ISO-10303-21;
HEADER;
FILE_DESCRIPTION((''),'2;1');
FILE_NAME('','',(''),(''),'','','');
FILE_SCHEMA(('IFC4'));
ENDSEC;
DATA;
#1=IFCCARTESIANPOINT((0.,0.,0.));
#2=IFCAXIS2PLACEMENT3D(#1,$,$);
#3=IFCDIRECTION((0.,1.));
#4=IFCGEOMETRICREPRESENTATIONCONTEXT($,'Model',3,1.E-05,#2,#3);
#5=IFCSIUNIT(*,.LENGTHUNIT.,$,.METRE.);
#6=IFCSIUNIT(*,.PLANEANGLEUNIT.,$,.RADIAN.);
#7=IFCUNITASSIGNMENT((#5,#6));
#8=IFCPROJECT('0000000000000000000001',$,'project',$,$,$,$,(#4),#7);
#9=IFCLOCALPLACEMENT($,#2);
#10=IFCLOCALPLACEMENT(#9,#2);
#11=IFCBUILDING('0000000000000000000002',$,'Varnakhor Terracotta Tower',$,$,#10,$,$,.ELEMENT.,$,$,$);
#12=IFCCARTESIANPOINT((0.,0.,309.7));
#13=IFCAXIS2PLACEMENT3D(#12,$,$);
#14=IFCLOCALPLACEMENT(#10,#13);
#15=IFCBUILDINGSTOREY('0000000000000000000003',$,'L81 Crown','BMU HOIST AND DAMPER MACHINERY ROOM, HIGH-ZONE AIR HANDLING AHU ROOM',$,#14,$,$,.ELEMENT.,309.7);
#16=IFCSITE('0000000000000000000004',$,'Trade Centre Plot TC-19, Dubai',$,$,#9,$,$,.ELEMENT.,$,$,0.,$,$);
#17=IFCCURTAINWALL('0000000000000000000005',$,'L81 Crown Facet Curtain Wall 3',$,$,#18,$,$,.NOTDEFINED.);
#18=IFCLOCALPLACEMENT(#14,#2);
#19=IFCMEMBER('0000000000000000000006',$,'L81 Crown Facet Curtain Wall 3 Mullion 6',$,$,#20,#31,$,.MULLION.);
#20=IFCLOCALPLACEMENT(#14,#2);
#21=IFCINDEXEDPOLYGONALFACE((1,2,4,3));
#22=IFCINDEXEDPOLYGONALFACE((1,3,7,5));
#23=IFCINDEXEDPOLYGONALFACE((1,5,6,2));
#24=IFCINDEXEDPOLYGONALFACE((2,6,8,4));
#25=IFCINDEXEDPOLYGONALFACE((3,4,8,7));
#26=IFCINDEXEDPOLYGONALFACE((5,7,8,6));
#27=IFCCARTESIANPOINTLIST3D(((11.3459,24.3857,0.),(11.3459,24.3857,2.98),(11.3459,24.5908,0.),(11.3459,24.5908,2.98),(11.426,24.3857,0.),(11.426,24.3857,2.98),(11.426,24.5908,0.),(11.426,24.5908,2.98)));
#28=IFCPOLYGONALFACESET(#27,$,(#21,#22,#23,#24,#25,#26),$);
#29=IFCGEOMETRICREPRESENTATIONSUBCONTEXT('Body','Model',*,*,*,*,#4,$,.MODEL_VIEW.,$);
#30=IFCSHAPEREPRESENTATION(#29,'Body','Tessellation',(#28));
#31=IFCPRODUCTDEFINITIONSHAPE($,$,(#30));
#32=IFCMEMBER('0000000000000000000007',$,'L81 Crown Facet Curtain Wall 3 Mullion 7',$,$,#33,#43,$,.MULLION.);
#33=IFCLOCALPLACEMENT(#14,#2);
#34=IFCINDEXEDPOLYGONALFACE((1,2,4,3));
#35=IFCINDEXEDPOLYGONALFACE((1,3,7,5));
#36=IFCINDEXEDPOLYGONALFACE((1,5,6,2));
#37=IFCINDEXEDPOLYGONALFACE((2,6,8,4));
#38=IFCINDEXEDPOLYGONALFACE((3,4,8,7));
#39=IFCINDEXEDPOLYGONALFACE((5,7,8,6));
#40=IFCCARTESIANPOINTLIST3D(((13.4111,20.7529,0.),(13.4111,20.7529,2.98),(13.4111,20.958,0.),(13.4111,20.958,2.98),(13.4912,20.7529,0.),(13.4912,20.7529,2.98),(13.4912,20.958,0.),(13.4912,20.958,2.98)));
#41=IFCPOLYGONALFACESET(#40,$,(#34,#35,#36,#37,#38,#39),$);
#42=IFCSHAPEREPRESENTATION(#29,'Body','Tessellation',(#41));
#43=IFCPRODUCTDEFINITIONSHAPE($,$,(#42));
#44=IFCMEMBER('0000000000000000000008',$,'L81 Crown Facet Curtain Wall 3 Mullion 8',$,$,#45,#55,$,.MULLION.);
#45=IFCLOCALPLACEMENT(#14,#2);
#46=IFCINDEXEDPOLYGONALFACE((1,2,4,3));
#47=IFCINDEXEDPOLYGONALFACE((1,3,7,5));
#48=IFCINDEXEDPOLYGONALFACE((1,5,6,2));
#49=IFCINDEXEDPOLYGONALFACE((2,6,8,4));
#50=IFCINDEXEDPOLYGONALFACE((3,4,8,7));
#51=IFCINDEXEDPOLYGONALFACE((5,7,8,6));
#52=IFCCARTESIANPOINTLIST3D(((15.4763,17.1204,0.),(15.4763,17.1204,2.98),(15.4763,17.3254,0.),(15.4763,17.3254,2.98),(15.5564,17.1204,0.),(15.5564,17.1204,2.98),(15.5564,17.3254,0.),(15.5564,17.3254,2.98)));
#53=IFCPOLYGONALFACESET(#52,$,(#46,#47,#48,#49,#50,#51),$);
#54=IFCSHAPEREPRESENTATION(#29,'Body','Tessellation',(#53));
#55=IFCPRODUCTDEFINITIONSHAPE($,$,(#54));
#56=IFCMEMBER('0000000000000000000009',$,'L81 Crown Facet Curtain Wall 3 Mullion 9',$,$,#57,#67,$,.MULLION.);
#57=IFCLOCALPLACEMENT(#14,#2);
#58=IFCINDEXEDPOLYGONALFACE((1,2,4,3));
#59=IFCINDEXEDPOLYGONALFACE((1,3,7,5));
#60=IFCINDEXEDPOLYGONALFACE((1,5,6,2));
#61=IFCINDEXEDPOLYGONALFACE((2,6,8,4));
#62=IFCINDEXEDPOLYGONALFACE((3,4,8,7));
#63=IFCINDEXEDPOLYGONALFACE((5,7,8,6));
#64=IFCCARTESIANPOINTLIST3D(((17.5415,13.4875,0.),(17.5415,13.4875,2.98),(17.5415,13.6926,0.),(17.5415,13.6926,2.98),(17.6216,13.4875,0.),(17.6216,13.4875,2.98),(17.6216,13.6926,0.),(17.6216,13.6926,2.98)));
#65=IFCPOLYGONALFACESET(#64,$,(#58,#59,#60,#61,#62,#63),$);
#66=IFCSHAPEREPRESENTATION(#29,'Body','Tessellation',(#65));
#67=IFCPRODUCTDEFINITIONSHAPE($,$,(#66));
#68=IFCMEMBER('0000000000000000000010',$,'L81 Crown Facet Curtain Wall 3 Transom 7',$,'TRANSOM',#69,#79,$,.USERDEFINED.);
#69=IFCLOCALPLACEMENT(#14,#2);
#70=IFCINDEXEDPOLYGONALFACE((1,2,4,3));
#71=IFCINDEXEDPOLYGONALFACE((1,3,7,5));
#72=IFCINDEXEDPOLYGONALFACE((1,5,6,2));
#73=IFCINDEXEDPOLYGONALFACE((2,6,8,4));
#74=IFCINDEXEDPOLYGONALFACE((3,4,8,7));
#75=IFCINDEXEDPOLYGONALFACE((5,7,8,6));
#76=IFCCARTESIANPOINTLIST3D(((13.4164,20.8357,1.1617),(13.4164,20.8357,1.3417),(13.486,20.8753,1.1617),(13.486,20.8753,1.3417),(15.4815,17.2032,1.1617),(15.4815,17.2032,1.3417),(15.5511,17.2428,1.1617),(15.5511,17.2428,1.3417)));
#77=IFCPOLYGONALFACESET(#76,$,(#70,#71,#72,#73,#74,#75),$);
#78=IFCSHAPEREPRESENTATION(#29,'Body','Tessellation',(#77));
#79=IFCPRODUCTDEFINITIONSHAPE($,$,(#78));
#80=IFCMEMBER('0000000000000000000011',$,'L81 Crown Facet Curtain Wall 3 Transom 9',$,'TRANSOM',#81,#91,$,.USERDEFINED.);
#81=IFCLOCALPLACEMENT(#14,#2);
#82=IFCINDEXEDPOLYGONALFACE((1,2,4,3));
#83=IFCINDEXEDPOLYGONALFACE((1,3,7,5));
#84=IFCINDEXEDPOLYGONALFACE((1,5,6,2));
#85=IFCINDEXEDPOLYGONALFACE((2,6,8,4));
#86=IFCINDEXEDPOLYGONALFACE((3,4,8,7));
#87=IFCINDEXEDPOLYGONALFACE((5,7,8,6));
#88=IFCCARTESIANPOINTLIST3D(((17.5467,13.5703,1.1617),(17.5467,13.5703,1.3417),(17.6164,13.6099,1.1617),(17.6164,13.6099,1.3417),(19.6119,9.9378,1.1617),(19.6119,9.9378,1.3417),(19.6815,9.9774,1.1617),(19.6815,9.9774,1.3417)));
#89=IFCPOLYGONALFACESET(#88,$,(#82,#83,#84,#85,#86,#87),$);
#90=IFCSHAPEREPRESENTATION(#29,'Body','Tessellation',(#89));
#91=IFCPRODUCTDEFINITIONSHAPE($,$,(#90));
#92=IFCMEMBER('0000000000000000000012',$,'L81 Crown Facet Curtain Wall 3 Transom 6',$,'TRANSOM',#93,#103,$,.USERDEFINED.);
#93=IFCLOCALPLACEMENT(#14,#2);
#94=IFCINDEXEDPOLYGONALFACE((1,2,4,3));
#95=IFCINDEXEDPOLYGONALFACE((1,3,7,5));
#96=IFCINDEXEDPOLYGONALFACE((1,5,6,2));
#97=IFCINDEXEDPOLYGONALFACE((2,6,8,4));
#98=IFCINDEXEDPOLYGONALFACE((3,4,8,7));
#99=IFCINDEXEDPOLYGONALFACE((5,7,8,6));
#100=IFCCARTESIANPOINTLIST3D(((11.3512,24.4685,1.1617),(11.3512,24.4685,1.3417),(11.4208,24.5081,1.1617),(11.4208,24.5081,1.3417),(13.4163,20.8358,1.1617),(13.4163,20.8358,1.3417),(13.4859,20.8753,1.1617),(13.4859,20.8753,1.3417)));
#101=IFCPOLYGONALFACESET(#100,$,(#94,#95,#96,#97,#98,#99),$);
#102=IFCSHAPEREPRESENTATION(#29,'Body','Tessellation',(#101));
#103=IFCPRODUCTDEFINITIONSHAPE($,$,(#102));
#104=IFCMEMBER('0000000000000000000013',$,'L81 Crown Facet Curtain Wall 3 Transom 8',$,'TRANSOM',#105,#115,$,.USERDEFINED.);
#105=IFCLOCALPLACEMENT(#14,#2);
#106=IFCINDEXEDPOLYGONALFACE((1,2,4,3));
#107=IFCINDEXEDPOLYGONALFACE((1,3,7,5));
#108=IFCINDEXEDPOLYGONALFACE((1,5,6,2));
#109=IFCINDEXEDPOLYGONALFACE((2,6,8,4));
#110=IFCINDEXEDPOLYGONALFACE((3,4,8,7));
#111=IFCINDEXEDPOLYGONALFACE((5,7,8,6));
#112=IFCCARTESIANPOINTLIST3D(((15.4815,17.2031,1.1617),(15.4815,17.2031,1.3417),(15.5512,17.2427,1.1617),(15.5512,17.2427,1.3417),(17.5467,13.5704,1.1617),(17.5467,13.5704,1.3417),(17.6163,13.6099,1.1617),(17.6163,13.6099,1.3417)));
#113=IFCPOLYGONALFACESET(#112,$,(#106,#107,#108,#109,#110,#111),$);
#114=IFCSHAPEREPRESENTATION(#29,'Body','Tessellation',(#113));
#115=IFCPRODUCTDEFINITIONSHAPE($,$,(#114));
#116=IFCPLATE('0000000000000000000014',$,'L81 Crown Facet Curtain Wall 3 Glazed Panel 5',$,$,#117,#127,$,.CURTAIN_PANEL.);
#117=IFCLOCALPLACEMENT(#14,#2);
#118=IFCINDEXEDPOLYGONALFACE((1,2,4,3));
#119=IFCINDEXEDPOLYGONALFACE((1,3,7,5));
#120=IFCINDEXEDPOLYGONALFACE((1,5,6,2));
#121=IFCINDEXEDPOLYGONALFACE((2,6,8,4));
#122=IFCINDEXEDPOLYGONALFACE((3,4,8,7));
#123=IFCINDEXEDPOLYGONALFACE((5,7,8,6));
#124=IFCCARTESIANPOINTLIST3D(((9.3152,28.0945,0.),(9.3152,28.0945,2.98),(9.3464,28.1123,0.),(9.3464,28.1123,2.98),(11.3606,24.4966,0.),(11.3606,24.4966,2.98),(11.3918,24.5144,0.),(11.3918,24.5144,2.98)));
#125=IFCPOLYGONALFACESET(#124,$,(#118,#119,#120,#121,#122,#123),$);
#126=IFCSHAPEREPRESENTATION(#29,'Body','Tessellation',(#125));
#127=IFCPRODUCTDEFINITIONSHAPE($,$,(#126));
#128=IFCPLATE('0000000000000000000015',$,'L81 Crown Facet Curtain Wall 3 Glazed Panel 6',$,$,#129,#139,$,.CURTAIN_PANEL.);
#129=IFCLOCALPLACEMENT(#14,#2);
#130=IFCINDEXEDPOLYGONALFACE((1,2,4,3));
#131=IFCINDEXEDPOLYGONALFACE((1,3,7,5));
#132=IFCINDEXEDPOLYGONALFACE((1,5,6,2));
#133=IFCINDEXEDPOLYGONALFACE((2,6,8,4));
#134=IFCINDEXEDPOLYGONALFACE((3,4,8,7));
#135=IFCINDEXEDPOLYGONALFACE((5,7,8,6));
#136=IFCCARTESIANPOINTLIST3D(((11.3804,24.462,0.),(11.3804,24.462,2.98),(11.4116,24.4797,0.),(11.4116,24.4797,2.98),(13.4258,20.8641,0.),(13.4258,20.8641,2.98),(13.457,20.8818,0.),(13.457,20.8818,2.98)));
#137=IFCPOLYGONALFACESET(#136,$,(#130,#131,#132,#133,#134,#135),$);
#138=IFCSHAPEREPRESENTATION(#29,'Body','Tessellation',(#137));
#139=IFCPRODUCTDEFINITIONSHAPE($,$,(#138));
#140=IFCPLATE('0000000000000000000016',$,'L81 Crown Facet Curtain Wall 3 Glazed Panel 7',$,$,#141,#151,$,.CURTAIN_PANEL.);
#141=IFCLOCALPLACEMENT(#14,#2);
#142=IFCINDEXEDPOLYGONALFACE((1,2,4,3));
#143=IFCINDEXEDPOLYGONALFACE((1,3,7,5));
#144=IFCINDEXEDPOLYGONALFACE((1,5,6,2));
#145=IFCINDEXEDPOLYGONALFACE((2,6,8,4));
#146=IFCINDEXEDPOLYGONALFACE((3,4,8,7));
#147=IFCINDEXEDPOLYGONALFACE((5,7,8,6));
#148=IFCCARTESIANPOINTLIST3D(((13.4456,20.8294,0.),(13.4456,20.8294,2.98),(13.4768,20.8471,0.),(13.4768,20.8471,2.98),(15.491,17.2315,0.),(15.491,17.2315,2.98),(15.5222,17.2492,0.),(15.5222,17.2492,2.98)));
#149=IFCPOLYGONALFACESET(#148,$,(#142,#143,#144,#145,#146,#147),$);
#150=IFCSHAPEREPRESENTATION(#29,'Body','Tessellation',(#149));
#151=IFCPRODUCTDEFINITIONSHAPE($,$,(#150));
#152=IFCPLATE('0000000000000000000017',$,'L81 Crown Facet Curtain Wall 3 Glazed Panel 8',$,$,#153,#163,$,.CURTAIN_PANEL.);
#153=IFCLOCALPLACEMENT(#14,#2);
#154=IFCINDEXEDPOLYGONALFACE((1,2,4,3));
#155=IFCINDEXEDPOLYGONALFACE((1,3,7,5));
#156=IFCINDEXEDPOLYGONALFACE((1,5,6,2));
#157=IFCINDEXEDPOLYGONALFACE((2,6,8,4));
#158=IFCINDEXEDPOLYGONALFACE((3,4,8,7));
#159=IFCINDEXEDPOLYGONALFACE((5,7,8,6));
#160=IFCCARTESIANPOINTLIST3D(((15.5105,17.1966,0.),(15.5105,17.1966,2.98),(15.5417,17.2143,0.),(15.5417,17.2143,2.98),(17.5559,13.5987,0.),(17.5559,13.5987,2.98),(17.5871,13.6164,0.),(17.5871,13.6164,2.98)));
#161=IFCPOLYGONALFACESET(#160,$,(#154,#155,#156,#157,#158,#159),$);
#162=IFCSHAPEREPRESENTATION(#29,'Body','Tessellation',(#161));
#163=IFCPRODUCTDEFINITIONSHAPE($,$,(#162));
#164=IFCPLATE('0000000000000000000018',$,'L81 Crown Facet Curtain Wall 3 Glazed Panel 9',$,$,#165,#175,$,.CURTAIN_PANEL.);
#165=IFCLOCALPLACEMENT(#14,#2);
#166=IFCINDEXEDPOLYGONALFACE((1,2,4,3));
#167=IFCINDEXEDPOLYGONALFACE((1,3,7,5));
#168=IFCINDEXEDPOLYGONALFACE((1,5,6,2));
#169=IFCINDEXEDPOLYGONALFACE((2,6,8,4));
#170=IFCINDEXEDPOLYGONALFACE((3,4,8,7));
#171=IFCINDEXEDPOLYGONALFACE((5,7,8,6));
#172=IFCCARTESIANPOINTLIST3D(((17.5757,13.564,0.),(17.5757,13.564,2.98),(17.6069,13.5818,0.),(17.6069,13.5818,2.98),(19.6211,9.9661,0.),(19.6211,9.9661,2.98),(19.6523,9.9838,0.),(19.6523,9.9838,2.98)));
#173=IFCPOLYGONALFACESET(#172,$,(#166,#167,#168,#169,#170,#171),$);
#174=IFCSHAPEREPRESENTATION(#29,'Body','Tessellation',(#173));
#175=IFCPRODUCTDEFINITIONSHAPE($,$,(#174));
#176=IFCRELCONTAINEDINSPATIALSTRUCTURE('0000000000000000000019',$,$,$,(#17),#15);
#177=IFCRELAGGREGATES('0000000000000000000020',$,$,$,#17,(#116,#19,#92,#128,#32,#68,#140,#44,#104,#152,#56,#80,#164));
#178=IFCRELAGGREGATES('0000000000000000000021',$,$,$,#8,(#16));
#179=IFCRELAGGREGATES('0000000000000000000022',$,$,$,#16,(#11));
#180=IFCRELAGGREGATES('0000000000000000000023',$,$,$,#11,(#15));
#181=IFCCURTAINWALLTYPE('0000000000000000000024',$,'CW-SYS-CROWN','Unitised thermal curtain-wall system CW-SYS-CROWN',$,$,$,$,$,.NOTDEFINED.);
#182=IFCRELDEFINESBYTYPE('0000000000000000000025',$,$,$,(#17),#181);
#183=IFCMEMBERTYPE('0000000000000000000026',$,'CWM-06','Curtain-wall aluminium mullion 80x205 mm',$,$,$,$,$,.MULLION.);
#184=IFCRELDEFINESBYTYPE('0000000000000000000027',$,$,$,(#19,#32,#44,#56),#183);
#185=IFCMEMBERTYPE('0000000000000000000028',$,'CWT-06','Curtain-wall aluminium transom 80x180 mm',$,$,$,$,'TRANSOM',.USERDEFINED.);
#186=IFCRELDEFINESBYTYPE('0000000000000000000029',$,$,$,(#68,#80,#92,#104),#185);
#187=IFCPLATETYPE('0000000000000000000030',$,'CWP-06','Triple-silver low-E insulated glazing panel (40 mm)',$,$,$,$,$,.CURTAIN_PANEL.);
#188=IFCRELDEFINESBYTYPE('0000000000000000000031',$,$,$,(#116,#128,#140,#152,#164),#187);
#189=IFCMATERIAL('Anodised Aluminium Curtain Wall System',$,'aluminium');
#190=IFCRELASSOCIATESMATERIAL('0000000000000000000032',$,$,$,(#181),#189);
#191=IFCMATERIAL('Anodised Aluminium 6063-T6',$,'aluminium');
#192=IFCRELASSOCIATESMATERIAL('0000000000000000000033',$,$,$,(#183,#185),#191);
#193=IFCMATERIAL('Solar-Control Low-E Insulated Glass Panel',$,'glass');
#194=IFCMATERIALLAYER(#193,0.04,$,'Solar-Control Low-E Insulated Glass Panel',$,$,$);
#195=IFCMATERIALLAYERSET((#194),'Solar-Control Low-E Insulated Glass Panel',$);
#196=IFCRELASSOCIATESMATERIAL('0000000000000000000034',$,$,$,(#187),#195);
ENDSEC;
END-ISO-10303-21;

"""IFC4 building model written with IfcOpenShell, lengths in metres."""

from ifc_helpers import new_model, si_unit, direction, frame, origin, origin_2d, place, context, subcontext, project, spatial, rectangle, extrude, source, transform, mapped, material, layer, layer_set, material_profile, profile_set, type_object, type_shapes, element, aggregate, save


model = new_model("IFC4")

# Units and contexts
model_context = context("Model", 3, precision=1e-05, world=origin(), true_north=direction((0.0, 1.0)))
body_context = subcontext(model_context, "Body", "Model", "MODEL_VIEW")
ifc_project = project(units=[si_unit("LENGTHUNIT", "METRE"), si_unit("PLANEANGLEUNIT", "RADIAN")], contexts=[model_context])

# Site, building, storey
site_placement = place(None, origin())
site = spatial("IfcSite", under=ifc_project, at=site_placement, Name="Trade Centre Plot TC-19, Dubai", CompositionType="ELEMENT", RefElevation=0.0)
building_placement = place(site_placement, origin())
building = spatial("IfcBuilding", under=site, at=building_placement, Name="Varnakhor Terracotta Tower", CompositionType="ELEMENT")
storey_placement = place(building_placement, frame((0.0, 0.0, 309.7)))
storey = spatial("IfcBuildingStorey", under=building, at=storey_placement, Name="L81 Crown", Description="BMU HOIST AND DAMPER MACHINERY ROOM, HIGH-ZONE AIR HANDLING AHU ROOM", CompositionType="ELEMENT", Elevation=309.7)

# Curtain wall, members, plates
ifc_material_1 = material(Name="Anodised Aluminium Curtain Wall System", Category="aluminium")
curtain_wall_type = type_object("IfcCurtainWallType", Name="CW-SYS-CROWN", Description="Unitised thermal curtain-wall system CW-SYS-CROWN", PredefinedType="NOTDEFINED", material=ifc_material_1)
curtain_wall_placement = place(storey_placement, origin())
curtain_wall = element("IfcCurtainWall", 1, at=curtain_wall_placement, inside=storey, type_object=curtain_wall_type, Name="L81 Crown Facet Curtain Wall 3", PredefinedType="NOTDEFINED")
ifc_material_2 = material(Name="Anodised Aluminium 6063-T6", Category="aluminium")
ifc_material_profile_1 = material_profile(ifc_material_2, rectangle(XDim=0.0801, YDim=0.2051, at=origin_2d()), Name="ALU MULLION 80x205")
ifc_profile_set_1 = profile_set([ifc_material_profile_1], Name="Anodised Aluminium 6063-T6")
member_type_1 = type_object("IfcMemberType", Name="CWM-06", Description="Curtain-wall aluminium mullion 80x205 mm", PredefinedType="MULLION", material=ifc_profile_set_1)
shared_shape_1 = source(origin(), body_context, "Body", "SweptSolid", [
    extrude(rectangle(XDim=0.0801, YDim=0.2051, at=origin_2d()), origin(), (0.0, 0.0, 1.0), 2.98),
])
type_shapes(member_type_1, [shared_shape_1])
member_1_placement = place(storey_placement, frame((11.386, 24.4883, 0.0), z_axis=(0.0, 0.0, 1.0), x_axis=(1.0, 0.0, 0.0)))
member_1 = element("IfcMember", 2, at=member_1_placement, type_object=member_type_1, Name="L81 Crown Facet Curtain Wall 3 Mullion 6", PredefinedType="MULLION", context=body_context, shape_type="MappedRepresentation", body=[
    mapped(shared_shape_1, transform((0.0, 0.0, 0.0), scale=1.0)),
])
member_2_placement = place(storey_placement, frame((13.4512, 20.8555, 0.0), z_axis=(0.0, 0.0, 1.0), x_axis=(1.0, 0.0, 0.0)))
member_2 = element("IfcMember", 3, at=member_2_placement, type_object=member_type_1, Name="L81 Crown Facet Curtain Wall 3 Mullion 7", PredefinedType="MULLION", context=body_context, shape_type="MappedRepresentation", body=[
    mapped(shared_shape_1, transform((0.0, 0.0, 0.0), scale=1.0)),
])
member_3_placement = place(storey_placement, frame((15.5164, 17.2229, 0.0), z_axis=(0.0, 0.0, 1.0), x_axis=(1.0, 0.0, 0.0)))
member_3 = element("IfcMember", 4, at=member_3_placement, type_object=member_type_1, Name="L81 Crown Facet Curtain Wall 3 Mullion 8", PredefinedType="MULLION", context=body_context, shape_type="MappedRepresentation", body=[
    mapped(shared_shape_1, transform((0.0, 0.0, 0.0), scale=1.0)),
])
member_4_placement = place(storey_placement, frame((17.5815, 13.5901, 0.0), z_axis=(0.0, 0.0, 1.0), x_axis=(1.0, 0.0, 0.0)))
member_4 = element("IfcMember", 5, at=member_4_placement, type_object=member_type_1, Name="L81 Crown Facet Curtain Wall 3 Mullion 9", PredefinedType="MULLION", context=body_context, shape_type="MappedRepresentation", body=[
    mapped(shared_shape_1, transform((0.0, 0.0, 0.0), scale=1.0)),
])
ifc_material_profile_2 = material_profile(ifc_material_2, rectangle(XDim=0.0801, YDim=0.1799, at=origin_2d()), Name="ALU TRANSOM 80x180")
ifc_profile_set_2 = profile_set([ifc_material_profile_2], Name="Anodised Aluminium 6063-T6")
member_type_2 = type_object("IfcMemberType", Name="CWT-06", Description="Curtain-wall aluminium transom 80x180 mm", ElementType="TRANSOM", PredefinedType="USERDEFINED", material=ifc_profile_set_2)
shared_shape_2 = source(origin(), body_context, "Body", "SweptSolid", [
    extrude(rectangle(XDim=0.0801, YDim=0.1799, at=origin_2d()), origin(), (0.0, 0.0, 1.0), 4.1785),
])
member_5_placement = place(storey_placement, frame((13.4512, 20.8555, 1.2517), z_axis=(0.494231, -0.86933, 0.0), x_axis=(0.86933, 0.494231, 0.0)))
member_5 = element("IfcMember", 6, at=member_5_placement, type_object=member_type_2, Name="L81 Crown Facet Curtain Wall 3 Transom 7", ObjectType="TRANSOM", PredefinedType="USERDEFINED", context=body_context, shape_type="MappedRepresentation", body=[
    mapped(shared_shape_2, transform((0.0, 0.0, 0.0), scale=1.0)),
])
member_6_placement = place(storey_placement, frame((17.5815, 13.5901, 1.2517), z_axis=(0.494231, -0.86933, 0.0), x_axis=(0.86933, 0.494231, 0.0)))
member_6 = element("IfcMember", 7, at=member_6_placement, type_object=member_type_2, Name="L81 Crown Facet Curtain Wall 3 Transom 9", ObjectType="TRANSOM", PredefinedType="USERDEFINED", context=body_context, shape_type="MappedRepresentation", body=[
    mapped(shared_shape_2, transform((0.0, 0.0, 0.0), scale=1.0)),
])
shared_shape_3 = source(origin(), body_context, "Body", "SweptSolid", [
    extrude(rectangle(XDim=0.0801, YDim=0.1799, at=origin_2d()), origin(), (0.0, 0.0, 1.0), 4.1787),
])
member_7_placement = place(storey_placement, frame((11.386, 24.4883, 1.2517), z_axis=(0.494206, -0.869345, 0.0), x_axis=(0.869345, 0.494206, 0.0)))
member_7 = element("IfcMember", 8, at=member_7_placement, type_object=member_type_2, Name="L81 Crown Facet Curtain Wall 3 Transom 6", ObjectType="TRANSOM", PredefinedType="USERDEFINED", context=body_context, shape_type="MappedRepresentation", body=[
    mapped(shared_shape_3, transform((0.0, 0.0, 0.0), scale=1.0)),
])
member_8_placement = place(storey_placement, frame((15.5164, 17.2229, 1.2517), z_axis=(0.494206, -0.869345, 0.0), x_axis=(0.869345, 0.494206, 0.0)))
member_8 = element("IfcMember", 9, at=member_8_placement, type_object=member_type_2, Name="L81 Crown Facet Curtain Wall 3 Transom 8", ObjectType="TRANSOM", PredefinedType="USERDEFINED", context=body_context, shape_type="MappedRepresentation", body=[
    mapped(shared_shape_3, transform((0.0, 0.0, 0.0), scale=1.0)),
])
ifc_material_3 = material(Name="Solar-Control Low-E Insulated Glass Panel", Category="glass")
ifc_layer_1 = layer(ifc_material_3, 0.04, Name="Solar-Control Low-E Insulated Glass Panel")
ifc_layer_set_1 = layer_set([ifc_layer_1], Name="Solar-Control Low-E Insulated Glass Panel")
plate_type = type_object("IfcPlateType", Name="CWP-06", Description="Triple-silver low-E insulated glazing panel (40 mm)", PredefinedType="CURTAIN_PANEL", material=ifc_layer_set_1)
shared_shape_4 = source(origin(), body_context, "Body", "SweptSolid", [
    extrude(rectangle(XDim=4.1387, YDim=0.0359, at=origin_2d()), origin(), (0.0, 0.0, 1.0), 2.98),
])
plate_1_placement = place(storey_placement, frame((10.3535, 26.3044, 0.0), z_axis=(0.0, 0.0, 1.0), x_axis=(0.494215, -0.86934, 0.0)))
plate_1 = element("IfcPlate", 10, at=plate_1_placement, type_object=plate_type, Name="L81 Crown Facet Curtain Wall 3 Glazed Panel 5", PredefinedType="CURTAIN_PANEL", context=body_context, shape_type="MappedRepresentation", body=[
    mapped(shared_shape_4, transform((0.0, 0.0, 0.0), scale=1.0)),
])
plate_2_placement = place(storey_placement, frame((12.4187, 22.6719, 0.0), z_axis=(0.0, 0.0, 1.0), x_axis=(0.494215, -0.86934, 0.0)))
plate_2 = element("IfcPlate", 11, at=plate_2_placement, type_object=plate_type, Name="L81 Crown Facet Curtain Wall 3 Glazed Panel 6", PredefinedType="CURTAIN_PANEL", context=body_context, shape_type="MappedRepresentation", body=[
    mapped(shared_shape_4, transform((0.0, 0.0, 0.0), scale=1.0)),
])
plate_3_placement = place(storey_placement, frame((14.4839, 19.0393, 0.0), z_axis=(0.0, 0.0, 1.0), x_axis=(0.494215, -0.86934, 0.0)))
plate_3 = element("IfcPlate", 12, at=plate_3_placement, type_object=plate_type, Name="L81 Crown Facet Curtain Wall 3 Glazed Panel 7", PredefinedType="CURTAIN_PANEL", context=body_context, shape_type="MappedRepresentation", body=[
    mapped(shared_shape_4, transform((0.0, 0.0, 0.0), scale=1.0)),
])
plate_4_placement = place(storey_placement, frame((16.5488, 15.4065, 0.0), z_axis=(0.0, 0.0, 1.0), x_axis=(0.494215, -0.86934, 0.0)))
plate_4 = element("IfcPlate", 13, at=plate_4_placement, type_object=plate_type, Name="L81 Crown Facet Curtain Wall 3 Glazed Panel 8", PredefinedType="CURTAIN_PANEL", context=body_context, shape_type="MappedRepresentation", body=[
    mapped(shared_shape_4, transform((0.0, 0.0, 0.0), scale=1.0)),
])
plate_5_placement = place(storey_placement, frame((18.614, 11.7739, 0.0), z_axis=(0.0, 0.0, 1.0), x_axis=(0.494215, -0.86934, 0.0)))
plate_5 = element("IfcPlate", 14, at=plate_5_placement, type_object=plate_type, Name="L81 Crown Facet Curtain Wall 3 Glazed Panel 9", PredefinedType="CURTAIN_PANEL", context=body_context, shape_type="MappedRepresentation", body=[
    mapped(shared_shape_4, transform((0.0, 0.0, 0.0), scale=1.0)),
])
aggregate(curtain_wall, [plate_1, member_1, member_7, plate_2, member_2, member_5, plate_3, member_3, member_8, plate_4, member_4, member_6, plate_5])

save(model, "model.ifc")
